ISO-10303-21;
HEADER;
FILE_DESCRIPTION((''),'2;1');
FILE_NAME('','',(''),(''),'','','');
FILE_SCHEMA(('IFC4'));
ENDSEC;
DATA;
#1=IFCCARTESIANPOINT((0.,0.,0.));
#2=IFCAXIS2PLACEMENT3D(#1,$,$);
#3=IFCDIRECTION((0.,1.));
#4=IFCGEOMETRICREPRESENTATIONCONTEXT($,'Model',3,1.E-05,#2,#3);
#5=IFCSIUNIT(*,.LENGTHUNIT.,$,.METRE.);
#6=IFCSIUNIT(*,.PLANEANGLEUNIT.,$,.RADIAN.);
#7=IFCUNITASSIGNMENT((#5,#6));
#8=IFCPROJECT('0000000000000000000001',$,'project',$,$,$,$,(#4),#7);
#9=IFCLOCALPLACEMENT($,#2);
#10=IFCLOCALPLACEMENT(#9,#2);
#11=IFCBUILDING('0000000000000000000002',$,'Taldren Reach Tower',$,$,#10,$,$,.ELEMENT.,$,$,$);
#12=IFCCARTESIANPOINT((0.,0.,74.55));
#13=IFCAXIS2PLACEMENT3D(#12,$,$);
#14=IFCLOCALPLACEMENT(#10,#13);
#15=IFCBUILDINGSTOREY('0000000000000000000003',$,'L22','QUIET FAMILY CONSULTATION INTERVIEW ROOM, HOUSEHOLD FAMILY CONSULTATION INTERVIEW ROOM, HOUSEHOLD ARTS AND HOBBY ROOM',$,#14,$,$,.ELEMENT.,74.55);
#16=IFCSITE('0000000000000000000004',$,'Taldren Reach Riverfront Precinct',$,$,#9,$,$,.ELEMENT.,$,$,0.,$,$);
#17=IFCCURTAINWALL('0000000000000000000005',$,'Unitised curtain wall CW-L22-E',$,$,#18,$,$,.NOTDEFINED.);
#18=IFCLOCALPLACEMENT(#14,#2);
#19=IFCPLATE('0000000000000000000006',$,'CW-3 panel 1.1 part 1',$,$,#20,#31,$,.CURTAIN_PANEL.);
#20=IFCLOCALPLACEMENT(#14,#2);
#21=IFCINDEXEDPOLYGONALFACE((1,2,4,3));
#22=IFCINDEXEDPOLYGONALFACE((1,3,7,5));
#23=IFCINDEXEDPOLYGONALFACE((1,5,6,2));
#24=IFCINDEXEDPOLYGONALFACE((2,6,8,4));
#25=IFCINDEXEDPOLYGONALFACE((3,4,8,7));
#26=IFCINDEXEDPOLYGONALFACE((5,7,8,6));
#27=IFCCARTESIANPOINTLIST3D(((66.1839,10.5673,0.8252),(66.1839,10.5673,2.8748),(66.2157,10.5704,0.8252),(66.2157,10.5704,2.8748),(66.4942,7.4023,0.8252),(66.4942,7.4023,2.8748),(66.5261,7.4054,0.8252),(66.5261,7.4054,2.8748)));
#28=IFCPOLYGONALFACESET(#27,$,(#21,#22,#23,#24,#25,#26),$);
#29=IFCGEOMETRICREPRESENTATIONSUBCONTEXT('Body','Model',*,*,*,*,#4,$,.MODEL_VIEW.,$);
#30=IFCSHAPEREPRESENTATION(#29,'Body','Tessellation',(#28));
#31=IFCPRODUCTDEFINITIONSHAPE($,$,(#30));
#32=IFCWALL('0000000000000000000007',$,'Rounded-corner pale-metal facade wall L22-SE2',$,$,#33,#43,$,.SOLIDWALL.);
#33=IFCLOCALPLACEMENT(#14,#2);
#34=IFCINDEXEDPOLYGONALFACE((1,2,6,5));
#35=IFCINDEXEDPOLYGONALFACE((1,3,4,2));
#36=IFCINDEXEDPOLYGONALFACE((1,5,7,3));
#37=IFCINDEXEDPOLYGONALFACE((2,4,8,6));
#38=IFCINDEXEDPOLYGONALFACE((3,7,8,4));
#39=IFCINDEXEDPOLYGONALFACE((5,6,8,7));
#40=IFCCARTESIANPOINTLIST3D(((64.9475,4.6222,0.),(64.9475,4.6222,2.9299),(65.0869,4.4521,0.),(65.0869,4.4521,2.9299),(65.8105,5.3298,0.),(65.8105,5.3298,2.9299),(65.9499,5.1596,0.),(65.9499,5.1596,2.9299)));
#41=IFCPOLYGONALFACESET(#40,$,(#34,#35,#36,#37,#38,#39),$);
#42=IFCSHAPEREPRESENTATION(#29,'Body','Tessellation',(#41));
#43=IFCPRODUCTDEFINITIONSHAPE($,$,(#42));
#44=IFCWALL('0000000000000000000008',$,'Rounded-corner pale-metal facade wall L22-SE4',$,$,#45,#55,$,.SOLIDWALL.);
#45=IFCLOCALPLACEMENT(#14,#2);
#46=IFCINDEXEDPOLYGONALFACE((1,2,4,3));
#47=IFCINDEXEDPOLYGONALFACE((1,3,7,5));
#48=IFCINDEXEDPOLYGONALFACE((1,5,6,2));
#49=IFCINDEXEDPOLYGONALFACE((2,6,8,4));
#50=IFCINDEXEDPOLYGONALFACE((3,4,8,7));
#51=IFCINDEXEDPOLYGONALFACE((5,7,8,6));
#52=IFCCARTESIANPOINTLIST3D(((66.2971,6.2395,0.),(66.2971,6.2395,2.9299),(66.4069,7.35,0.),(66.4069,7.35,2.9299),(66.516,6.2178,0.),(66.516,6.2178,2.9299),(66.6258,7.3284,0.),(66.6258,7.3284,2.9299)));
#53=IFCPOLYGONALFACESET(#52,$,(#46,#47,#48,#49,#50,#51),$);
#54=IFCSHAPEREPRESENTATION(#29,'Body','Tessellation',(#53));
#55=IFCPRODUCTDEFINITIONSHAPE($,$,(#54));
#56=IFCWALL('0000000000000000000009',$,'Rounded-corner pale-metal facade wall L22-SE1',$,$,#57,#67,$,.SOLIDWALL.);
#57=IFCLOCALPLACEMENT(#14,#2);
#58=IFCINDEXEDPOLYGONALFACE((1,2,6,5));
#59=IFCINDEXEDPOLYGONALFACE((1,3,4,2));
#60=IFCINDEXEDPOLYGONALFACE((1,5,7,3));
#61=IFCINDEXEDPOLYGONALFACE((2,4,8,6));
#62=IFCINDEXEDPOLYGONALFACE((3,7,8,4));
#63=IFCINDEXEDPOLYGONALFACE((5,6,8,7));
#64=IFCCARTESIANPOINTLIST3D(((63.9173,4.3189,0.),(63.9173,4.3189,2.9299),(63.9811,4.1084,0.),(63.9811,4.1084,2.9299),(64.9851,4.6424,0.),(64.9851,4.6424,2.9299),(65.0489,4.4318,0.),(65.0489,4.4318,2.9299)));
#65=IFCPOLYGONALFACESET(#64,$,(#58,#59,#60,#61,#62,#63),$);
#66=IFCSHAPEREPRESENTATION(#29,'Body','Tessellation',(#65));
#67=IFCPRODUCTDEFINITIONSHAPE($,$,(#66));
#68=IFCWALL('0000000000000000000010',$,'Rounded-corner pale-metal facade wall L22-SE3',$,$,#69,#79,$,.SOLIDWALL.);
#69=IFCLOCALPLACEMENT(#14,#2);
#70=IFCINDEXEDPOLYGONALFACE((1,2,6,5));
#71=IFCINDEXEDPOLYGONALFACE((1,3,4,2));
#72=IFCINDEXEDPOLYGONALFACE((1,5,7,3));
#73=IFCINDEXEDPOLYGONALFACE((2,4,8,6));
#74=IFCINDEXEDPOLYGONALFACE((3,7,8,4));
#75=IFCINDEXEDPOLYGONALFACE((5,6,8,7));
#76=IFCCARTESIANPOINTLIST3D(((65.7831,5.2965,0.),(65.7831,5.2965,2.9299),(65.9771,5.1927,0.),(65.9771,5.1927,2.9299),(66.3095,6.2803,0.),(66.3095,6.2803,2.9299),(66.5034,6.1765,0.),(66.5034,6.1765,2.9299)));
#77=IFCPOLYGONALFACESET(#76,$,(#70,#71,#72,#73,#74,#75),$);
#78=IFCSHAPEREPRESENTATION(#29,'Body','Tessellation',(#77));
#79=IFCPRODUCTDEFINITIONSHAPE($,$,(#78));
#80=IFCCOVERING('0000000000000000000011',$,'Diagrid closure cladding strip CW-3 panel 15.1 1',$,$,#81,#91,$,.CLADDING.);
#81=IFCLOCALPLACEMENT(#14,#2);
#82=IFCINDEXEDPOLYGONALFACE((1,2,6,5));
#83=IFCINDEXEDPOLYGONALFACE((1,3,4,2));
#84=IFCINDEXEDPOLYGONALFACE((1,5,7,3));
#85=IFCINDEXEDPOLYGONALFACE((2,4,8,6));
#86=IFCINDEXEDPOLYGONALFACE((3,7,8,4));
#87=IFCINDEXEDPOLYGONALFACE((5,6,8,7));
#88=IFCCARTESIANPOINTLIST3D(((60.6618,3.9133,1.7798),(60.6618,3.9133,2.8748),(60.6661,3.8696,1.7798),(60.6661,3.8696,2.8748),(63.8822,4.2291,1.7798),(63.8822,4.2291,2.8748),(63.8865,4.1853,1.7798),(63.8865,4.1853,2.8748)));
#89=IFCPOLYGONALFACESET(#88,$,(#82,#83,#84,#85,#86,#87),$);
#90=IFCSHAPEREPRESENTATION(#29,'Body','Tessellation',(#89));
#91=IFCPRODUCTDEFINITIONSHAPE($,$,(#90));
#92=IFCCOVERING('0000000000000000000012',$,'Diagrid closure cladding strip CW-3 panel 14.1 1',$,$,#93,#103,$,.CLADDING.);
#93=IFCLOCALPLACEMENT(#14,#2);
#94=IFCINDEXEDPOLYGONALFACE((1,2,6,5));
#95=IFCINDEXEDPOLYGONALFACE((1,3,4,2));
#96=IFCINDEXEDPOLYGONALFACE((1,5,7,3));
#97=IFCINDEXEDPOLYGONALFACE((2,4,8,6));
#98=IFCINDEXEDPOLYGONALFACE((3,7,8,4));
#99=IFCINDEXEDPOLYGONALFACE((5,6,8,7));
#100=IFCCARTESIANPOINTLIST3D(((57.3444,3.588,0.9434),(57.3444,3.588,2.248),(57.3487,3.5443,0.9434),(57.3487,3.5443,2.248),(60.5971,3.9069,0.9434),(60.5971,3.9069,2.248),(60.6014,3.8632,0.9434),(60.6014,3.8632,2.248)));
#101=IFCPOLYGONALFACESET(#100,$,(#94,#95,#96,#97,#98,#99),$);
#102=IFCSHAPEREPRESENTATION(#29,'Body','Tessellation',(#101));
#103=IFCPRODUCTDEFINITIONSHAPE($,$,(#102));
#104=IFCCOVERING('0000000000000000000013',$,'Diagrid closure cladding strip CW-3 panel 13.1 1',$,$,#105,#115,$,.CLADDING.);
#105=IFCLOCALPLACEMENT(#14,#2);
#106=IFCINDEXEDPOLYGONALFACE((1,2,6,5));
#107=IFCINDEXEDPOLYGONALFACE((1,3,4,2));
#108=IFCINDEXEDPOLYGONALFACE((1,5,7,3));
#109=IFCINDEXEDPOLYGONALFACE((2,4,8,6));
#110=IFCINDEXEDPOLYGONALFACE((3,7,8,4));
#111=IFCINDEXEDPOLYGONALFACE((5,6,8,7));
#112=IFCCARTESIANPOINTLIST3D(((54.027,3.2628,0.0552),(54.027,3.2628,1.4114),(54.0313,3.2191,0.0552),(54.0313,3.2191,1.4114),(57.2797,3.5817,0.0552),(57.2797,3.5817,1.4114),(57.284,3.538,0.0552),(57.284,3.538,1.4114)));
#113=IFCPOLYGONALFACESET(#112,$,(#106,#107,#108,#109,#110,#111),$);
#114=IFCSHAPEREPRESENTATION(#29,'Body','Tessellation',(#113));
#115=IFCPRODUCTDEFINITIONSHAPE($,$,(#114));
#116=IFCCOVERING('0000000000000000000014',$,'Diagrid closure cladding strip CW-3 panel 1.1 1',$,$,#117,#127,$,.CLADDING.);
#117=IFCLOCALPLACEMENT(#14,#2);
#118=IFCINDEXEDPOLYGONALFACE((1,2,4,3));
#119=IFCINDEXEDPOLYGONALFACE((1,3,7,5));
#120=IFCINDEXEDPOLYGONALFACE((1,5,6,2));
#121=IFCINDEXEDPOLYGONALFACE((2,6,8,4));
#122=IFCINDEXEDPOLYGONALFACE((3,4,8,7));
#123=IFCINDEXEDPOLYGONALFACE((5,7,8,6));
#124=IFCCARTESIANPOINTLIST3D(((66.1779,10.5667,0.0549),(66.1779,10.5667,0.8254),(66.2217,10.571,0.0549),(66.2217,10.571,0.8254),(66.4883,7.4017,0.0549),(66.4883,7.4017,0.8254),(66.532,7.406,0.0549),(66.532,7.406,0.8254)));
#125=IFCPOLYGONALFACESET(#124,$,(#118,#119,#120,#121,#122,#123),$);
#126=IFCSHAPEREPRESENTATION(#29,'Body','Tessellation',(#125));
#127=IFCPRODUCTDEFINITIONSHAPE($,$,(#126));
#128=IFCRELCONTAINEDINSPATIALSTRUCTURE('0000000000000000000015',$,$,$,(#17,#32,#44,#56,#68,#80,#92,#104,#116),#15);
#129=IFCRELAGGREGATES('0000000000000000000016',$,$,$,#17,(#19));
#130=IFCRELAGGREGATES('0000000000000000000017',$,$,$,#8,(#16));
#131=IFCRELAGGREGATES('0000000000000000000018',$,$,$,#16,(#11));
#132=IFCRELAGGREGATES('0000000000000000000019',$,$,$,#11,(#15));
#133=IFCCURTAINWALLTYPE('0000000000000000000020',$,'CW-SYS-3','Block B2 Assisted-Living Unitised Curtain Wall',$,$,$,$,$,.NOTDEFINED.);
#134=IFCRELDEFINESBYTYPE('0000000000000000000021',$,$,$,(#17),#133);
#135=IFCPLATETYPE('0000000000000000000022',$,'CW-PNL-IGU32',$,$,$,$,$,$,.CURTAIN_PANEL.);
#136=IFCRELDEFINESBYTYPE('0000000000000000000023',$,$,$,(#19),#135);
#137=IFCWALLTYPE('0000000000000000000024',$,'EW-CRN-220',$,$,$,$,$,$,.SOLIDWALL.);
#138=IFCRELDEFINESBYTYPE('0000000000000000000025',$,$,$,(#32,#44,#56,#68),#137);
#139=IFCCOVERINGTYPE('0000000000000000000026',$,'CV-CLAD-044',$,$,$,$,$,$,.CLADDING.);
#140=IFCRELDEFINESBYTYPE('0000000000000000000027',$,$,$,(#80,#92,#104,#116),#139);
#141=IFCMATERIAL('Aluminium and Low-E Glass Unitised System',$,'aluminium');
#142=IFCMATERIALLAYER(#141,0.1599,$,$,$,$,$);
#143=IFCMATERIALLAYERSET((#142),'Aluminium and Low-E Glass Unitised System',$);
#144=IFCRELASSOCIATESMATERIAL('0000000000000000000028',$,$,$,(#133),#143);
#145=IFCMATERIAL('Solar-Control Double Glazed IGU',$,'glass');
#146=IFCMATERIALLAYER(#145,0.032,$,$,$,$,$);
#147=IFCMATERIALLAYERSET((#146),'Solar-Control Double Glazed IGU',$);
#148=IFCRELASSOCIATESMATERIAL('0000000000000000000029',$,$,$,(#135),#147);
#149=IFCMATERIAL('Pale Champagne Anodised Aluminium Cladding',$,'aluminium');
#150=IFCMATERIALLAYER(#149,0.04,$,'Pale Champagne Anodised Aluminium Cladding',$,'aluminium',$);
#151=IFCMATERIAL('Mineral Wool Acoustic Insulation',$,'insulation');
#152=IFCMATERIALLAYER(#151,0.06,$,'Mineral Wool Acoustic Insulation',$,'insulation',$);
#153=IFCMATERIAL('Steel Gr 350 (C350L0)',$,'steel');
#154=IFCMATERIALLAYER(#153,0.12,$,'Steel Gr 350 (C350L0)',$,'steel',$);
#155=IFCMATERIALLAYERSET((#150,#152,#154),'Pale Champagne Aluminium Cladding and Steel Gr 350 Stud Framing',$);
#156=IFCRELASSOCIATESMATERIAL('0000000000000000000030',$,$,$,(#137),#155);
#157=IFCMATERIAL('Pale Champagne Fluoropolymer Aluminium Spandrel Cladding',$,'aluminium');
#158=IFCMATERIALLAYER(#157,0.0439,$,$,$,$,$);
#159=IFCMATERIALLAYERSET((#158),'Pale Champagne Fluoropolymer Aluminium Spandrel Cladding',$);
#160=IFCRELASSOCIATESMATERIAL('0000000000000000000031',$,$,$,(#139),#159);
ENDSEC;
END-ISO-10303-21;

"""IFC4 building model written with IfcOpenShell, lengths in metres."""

from ifc_helpers import new_model, si_unit, direction, frame, frame_2d, origin, origin_2d, place, context, subcontext, project, spatial, rectangle, extrude, source, transform, mapped, material, layer, layer_set, type_object, element, aggregate, save


model = new_model("IFC4")

# Units and contexts
model_context = context("Model", 3, precision=1e-05, world=origin(), true_north=direction((0.0, 1.0)))
body_context = subcontext(model_context, "Body", "Model", "MODEL_VIEW")
ifc_project = project(units=[si_unit("LENGTHUNIT", "METRE"), si_unit("PLANEANGLEUNIT", "RADIAN")], contexts=[model_context])

# Site, building, storey
site_placement = place(None, origin())
site = spatial("IfcSite", under=ifc_project, at=site_placement, Name="Taldren Reach Riverfront Precinct", CompositionType="ELEMENT", RefElevation=0.0)
building_placement = place(site_placement, origin())
building = spatial("IfcBuilding", under=site, at=building_placement, Name="Taldren Reach Tower", CompositionType="ELEMENT")
storey_placement = place(building_placement, frame((0.0, 0.0, 74.55)))
storey = spatial("IfcBuildingStorey", under=building, at=storey_placement, Name="L22", Description="QUIET FAMILY CONSULTATION INTERVIEW ROOM, HOUSEHOLD FAMILY CONSULTATION INTERVIEW ROOM, HOUSEHOLD ARTS AND HOBBY ROOM", CompositionType="ELEMENT", Elevation=74.55)

# Shared definitions
ifc_material_1 = material(Name="Steel Gr 350 (C350L0)", Category="steel")

# Shared definitions
ifc_material_2 = material(Name="Aluminium and Low-E Glass Unitised System", Category="aluminium")
ifc_layer_1 = layer(ifc_material_2, 0.1599)
ifc_layer_set_1 = layer_set([ifc_layer_1], Name="Aluminium and Low-E Glass Unitised System")
curtain_wall_type = type_object("IfcCurtainWallType", Name="CW-SYS-3", Description="Block B2 Assisted-Living Unitised Curtain Wall", PredefinedType="NOTDEFINED", material=ifc_layer_set_1)

# Curtain wall
curtain_wall_1_placement = place(storey_placement, origin())
curtain_wall_1 = element("IfcCurtainWall", 1, at=curtain_wall_1_placement, inside=storey, type_object=curtain_wall_type, Name="Unitised curtain wall CW-L22-E", PredefinedType="NOTDEFINED")

# Plate
ifc_material_3 = material(Name="Solar-Control Double Glazed IGU", Category="glass")
ifc_layer_2 = layer(ifc_material_3, 0.032)
ifc_layer_set_2 = layer_set([ifc_layer_2], Name="Solar-Control Double Glazed IGU")
plate_type_1 = type_object("IfcPlateType", Name="CW-PNL-IGU32", PredefinedType="CURTAIN_PANEL", material=ifc_layer_set_2)
shared_shape_1 = source(origin(), body_context, "Body", "SweptSolid", [
    extrude(rectangle(XDim=3.1802, YDim=0.032, at=origin_2d()), origin(), (0.0, 0.0, 1.0), 2.0496),
])
plate_1_placement = place(storey_placement, frame((66.355, 8.9863, 0.8252), z_axis=(0.0, 0.0, 1.0), x_axis=(-0.097583, 0.995227, 0.0)))
plate_1 = element("IfcPlate", 2, at=plate_1_placement, type_object=plate_type_1, Name="CW-3 panel 1.1 part 1", PredefinedType="CURTAIN_PANEL", context=body_context, shape_type="MappedRepresentation", body=[
    mapped(shared_shape_1, transform((0.0, 0.0, 0.0), scale=1.0)),
])
aggregate(curtain_wall_1, [plate_1])

# Walls
ifc_material_4 = material(Name="Pale Champagne Anodised Aluminium Cladding", Category="aluminium")
ifc_layer_3 = layer(ifc_material_4, 0.04, Name="Pale Champagne Anodised Aluminium Cladding", Category="aluminium")
ifc_material_5 = material(Name="Mineral Wool Acoustic Insulation", Category="insulation")
ifc_layer_4 = layer(ifc_material_5, 0.06, Name="Mineral Wool Acoustic Insulation", Category="insulation")
ifc_layer_5 = layer(ifc_material_1, 0.12, Name="Steel Gr 350 (C350L0)", Category="steel")
ifc_layer_set_3 = layer_set([ifc_layer_3, ifc_layer_4, ifc_layer_5], Name="Pale Champagne Aluminium Cladding and Steel Gr 350 Stud Framing")
wall_type = type_object("IfcWallType", Name="EW-CRN-220", PredefinedType="SOLIDWALL", material=ifc_layer_set_3)
shared_shape_2 = source(origin(), body_context, "Body", "SweptSolid", [
    extrude(rectangle(XDim=1.116, YDim=0.22, at=frame_2d((0.5581, 0.0))), origin(), (0.0, 0.0, 1.0), 2.9299),
])
for number, where, z_axis, x_axis, name in (
    (3, (65.0171, 4.5371, 0.0), (0.0, 0.0, 1.0), (0.773343, 0.633988, 0.0), "Rounded-corner pale-metal facade wall L22-SE2"),
    (4, (66.4065, 6.2285, 0.0), (0.0, 0.0, 1.0), (0.098442, 0.995143, 0.0), "Rounded-corner pale-metal facade wall L22-SE4"),
):
    element("IfcWall", number, at=place(storey_placement, frame(where, z_axis=z_axis, x_axis=x_axis)), inside=storey, type_object=wall_type, Name=name, PredefinedType="SOLIDWALL", context=body_context, shape_type="MappedRepresentation", body=[
        mapped(shared_shape_2, transform((0.0, 0.0, 0.0), scale=1.0)),
    ])
shared_shape_3 = source(origin(), body_context, "Body", "SweptSolid", [
    extrude(rectangle(XDim=1.1157, YDim=0.22, at=frame_2d((0.5579, 0.0))), origin(), (0.0, 0.0, 1.0), 2.9299),
])
for number, where, z_axis, x_axis, name in (
    (5, (63.9492, 4.2136, 0.0), (0.0, 0.0, 1.0), (0.957052, 0.289916, 0.0), "Rounded-corner pale-metal facade wall L22-SE1"),
    (6, (65.8801, 5.2446, 0.0), (0.0, 0.0, 1.0), (0.471723, 0.881747, 0.0), "Rounded-corner pale-metal facade wall L22-SE3"),
):
    element("IfcWall", number, at=place(storey_placement, frame(where, z_axis=z_axis, x_axis=x_axis)), inside=storey, type_object=wall_type, Name=name, PredefinedType="SOLIDWALL", context=body_context, shape_type="MappedRepresentation", body=[
        mapped(shared_shape_3, transform((0.0, 0.0, 0.0), scale=1.0)),
    ])

# Coverings
ifc_material_6 = material(Name="Pale Champagne Fluoropolymer Aluminium Spandrel Cladding", Category="aluminium")
ifc_layer_6 = layer(ifc_material_6, 0.0439)
ifc_layer_set_4 = layer_set([ifc_layer_6], Name="Pale Champagne Fluoropolymer Aluminium Spandrel Cladding")
covering_type = type_object("IfcCoveringType", Name="CV-CLAD-044", PredefinedType="CLADDING", material=ifc_layer_set_4)
shared_shape_4 = source(origin(), body_context, "Body", "SweptSolid", [
    extrude(rectangle(XDim=3.2358, YDim=0.0439, at=origin_2d()), origin(), (0.0, 0.0, 1.0), 1.095),
])
covering_1_placement = place(storey_placement, frame((62.2742, 4.0493, 1.7798), z_axis=(0.0, 0.0, 1.0), x_axis=(0.995227, 0.097583, 0.0)))
element("IfcCovering", 7, at=covering_1_placement, inside=storey, type_object=covering_type, Name="Diagrid closure cladding strip CW-3 panel 15.1 1", PredefinedType="CLADDING", context=body_context, shape_type="MappedRepresentation", body=[
    mapped(shared_shape_4, transform((0.0, 0.0, 0.0), scale=1.0)),
])
shared_shape_5 = source(origin(), body_context, "Body", "SweptSolid", [
    extrude(rectangle(XDim=3.2683, YDim=0.0439, at=origin_2d()), origin(), (0.0, 0.0, 1.0), 1.3047),
])
covering_2_placement = place(storey_placement, frame((58.9729, 3.7256, 0.9434), z_axis=(0.0, 0.0, 1.0), x_axis=(0.995227, 0.097583, 0.0)))
element("IfcCovering", 8, at=covering_2_placement, inside=storey, type_object=covering_type, Name="Diagrid closure cladding strip CW-3 panel 14.1 1", PredefinedType="CLADDING", context=body_context, shape_type="MappedRepresentation", body=[
    mapped(shared_shape_5, transform((0.0, 0.0, 0.0), scale=1.0)),
])
shared_shape_6 = source(origin(), body_context, "Body", "SweptSolid", [
    extrude(rectangle(XDim=3.2683, YDim=0.0439, at=origin_2d()), origin(), (0.0, 0.0, 1.0), 1.3562),
])
covering_3_placement = place(storey_placement, frame((55.6555, 3.4004, 0.0552), z_axis=(0.0, 0.0, 1.0), x_axis=(0.995227, 0.097583, 0.0)))
element("IfcCovering", 9, at=covering_3_placement, inside=storey, type_object=covering_type, Name="Diagrid closure cladding strip CW-3 panel 13.1 1", PredefinedType="CLADDING", context=body_context, shape_type="MappedRepresentation", body=[
    mapped(shared_shape_6, transform((0.0, 0.0, 0.0), scale=1.0)),
])
shared_shape_7 = source(origin(), body_context, "Body", "SweptSolid", [
    extrude(rectangle(XDim=3.1802, YDim=0.0439, at=origin_2d()), origin(), (0.0, 0.0, 1.0), 0.7705),
])
covering_4_placement = place(storey_placement, frame((66.355, 8.9863, 0.0549), z_axis=(0.0, 0.0, 1.0), x_axis=(-0.097583, 0.995227, 0.0)))
element("IfcCovering", 10, at=covering_4_placement, inside=storey, type_object=covering_type, Name="Diagrid closure cladding strip CW-3 panel 1.1 1", PredefinedType="CLADDING", context=body_context, shape_type="MappedRepresentation", body=[
    mapped(shared_shape_7, transform((0.0, 0.0, 0.0), scale=1.0)),
])

save(model, "model.ifc")
